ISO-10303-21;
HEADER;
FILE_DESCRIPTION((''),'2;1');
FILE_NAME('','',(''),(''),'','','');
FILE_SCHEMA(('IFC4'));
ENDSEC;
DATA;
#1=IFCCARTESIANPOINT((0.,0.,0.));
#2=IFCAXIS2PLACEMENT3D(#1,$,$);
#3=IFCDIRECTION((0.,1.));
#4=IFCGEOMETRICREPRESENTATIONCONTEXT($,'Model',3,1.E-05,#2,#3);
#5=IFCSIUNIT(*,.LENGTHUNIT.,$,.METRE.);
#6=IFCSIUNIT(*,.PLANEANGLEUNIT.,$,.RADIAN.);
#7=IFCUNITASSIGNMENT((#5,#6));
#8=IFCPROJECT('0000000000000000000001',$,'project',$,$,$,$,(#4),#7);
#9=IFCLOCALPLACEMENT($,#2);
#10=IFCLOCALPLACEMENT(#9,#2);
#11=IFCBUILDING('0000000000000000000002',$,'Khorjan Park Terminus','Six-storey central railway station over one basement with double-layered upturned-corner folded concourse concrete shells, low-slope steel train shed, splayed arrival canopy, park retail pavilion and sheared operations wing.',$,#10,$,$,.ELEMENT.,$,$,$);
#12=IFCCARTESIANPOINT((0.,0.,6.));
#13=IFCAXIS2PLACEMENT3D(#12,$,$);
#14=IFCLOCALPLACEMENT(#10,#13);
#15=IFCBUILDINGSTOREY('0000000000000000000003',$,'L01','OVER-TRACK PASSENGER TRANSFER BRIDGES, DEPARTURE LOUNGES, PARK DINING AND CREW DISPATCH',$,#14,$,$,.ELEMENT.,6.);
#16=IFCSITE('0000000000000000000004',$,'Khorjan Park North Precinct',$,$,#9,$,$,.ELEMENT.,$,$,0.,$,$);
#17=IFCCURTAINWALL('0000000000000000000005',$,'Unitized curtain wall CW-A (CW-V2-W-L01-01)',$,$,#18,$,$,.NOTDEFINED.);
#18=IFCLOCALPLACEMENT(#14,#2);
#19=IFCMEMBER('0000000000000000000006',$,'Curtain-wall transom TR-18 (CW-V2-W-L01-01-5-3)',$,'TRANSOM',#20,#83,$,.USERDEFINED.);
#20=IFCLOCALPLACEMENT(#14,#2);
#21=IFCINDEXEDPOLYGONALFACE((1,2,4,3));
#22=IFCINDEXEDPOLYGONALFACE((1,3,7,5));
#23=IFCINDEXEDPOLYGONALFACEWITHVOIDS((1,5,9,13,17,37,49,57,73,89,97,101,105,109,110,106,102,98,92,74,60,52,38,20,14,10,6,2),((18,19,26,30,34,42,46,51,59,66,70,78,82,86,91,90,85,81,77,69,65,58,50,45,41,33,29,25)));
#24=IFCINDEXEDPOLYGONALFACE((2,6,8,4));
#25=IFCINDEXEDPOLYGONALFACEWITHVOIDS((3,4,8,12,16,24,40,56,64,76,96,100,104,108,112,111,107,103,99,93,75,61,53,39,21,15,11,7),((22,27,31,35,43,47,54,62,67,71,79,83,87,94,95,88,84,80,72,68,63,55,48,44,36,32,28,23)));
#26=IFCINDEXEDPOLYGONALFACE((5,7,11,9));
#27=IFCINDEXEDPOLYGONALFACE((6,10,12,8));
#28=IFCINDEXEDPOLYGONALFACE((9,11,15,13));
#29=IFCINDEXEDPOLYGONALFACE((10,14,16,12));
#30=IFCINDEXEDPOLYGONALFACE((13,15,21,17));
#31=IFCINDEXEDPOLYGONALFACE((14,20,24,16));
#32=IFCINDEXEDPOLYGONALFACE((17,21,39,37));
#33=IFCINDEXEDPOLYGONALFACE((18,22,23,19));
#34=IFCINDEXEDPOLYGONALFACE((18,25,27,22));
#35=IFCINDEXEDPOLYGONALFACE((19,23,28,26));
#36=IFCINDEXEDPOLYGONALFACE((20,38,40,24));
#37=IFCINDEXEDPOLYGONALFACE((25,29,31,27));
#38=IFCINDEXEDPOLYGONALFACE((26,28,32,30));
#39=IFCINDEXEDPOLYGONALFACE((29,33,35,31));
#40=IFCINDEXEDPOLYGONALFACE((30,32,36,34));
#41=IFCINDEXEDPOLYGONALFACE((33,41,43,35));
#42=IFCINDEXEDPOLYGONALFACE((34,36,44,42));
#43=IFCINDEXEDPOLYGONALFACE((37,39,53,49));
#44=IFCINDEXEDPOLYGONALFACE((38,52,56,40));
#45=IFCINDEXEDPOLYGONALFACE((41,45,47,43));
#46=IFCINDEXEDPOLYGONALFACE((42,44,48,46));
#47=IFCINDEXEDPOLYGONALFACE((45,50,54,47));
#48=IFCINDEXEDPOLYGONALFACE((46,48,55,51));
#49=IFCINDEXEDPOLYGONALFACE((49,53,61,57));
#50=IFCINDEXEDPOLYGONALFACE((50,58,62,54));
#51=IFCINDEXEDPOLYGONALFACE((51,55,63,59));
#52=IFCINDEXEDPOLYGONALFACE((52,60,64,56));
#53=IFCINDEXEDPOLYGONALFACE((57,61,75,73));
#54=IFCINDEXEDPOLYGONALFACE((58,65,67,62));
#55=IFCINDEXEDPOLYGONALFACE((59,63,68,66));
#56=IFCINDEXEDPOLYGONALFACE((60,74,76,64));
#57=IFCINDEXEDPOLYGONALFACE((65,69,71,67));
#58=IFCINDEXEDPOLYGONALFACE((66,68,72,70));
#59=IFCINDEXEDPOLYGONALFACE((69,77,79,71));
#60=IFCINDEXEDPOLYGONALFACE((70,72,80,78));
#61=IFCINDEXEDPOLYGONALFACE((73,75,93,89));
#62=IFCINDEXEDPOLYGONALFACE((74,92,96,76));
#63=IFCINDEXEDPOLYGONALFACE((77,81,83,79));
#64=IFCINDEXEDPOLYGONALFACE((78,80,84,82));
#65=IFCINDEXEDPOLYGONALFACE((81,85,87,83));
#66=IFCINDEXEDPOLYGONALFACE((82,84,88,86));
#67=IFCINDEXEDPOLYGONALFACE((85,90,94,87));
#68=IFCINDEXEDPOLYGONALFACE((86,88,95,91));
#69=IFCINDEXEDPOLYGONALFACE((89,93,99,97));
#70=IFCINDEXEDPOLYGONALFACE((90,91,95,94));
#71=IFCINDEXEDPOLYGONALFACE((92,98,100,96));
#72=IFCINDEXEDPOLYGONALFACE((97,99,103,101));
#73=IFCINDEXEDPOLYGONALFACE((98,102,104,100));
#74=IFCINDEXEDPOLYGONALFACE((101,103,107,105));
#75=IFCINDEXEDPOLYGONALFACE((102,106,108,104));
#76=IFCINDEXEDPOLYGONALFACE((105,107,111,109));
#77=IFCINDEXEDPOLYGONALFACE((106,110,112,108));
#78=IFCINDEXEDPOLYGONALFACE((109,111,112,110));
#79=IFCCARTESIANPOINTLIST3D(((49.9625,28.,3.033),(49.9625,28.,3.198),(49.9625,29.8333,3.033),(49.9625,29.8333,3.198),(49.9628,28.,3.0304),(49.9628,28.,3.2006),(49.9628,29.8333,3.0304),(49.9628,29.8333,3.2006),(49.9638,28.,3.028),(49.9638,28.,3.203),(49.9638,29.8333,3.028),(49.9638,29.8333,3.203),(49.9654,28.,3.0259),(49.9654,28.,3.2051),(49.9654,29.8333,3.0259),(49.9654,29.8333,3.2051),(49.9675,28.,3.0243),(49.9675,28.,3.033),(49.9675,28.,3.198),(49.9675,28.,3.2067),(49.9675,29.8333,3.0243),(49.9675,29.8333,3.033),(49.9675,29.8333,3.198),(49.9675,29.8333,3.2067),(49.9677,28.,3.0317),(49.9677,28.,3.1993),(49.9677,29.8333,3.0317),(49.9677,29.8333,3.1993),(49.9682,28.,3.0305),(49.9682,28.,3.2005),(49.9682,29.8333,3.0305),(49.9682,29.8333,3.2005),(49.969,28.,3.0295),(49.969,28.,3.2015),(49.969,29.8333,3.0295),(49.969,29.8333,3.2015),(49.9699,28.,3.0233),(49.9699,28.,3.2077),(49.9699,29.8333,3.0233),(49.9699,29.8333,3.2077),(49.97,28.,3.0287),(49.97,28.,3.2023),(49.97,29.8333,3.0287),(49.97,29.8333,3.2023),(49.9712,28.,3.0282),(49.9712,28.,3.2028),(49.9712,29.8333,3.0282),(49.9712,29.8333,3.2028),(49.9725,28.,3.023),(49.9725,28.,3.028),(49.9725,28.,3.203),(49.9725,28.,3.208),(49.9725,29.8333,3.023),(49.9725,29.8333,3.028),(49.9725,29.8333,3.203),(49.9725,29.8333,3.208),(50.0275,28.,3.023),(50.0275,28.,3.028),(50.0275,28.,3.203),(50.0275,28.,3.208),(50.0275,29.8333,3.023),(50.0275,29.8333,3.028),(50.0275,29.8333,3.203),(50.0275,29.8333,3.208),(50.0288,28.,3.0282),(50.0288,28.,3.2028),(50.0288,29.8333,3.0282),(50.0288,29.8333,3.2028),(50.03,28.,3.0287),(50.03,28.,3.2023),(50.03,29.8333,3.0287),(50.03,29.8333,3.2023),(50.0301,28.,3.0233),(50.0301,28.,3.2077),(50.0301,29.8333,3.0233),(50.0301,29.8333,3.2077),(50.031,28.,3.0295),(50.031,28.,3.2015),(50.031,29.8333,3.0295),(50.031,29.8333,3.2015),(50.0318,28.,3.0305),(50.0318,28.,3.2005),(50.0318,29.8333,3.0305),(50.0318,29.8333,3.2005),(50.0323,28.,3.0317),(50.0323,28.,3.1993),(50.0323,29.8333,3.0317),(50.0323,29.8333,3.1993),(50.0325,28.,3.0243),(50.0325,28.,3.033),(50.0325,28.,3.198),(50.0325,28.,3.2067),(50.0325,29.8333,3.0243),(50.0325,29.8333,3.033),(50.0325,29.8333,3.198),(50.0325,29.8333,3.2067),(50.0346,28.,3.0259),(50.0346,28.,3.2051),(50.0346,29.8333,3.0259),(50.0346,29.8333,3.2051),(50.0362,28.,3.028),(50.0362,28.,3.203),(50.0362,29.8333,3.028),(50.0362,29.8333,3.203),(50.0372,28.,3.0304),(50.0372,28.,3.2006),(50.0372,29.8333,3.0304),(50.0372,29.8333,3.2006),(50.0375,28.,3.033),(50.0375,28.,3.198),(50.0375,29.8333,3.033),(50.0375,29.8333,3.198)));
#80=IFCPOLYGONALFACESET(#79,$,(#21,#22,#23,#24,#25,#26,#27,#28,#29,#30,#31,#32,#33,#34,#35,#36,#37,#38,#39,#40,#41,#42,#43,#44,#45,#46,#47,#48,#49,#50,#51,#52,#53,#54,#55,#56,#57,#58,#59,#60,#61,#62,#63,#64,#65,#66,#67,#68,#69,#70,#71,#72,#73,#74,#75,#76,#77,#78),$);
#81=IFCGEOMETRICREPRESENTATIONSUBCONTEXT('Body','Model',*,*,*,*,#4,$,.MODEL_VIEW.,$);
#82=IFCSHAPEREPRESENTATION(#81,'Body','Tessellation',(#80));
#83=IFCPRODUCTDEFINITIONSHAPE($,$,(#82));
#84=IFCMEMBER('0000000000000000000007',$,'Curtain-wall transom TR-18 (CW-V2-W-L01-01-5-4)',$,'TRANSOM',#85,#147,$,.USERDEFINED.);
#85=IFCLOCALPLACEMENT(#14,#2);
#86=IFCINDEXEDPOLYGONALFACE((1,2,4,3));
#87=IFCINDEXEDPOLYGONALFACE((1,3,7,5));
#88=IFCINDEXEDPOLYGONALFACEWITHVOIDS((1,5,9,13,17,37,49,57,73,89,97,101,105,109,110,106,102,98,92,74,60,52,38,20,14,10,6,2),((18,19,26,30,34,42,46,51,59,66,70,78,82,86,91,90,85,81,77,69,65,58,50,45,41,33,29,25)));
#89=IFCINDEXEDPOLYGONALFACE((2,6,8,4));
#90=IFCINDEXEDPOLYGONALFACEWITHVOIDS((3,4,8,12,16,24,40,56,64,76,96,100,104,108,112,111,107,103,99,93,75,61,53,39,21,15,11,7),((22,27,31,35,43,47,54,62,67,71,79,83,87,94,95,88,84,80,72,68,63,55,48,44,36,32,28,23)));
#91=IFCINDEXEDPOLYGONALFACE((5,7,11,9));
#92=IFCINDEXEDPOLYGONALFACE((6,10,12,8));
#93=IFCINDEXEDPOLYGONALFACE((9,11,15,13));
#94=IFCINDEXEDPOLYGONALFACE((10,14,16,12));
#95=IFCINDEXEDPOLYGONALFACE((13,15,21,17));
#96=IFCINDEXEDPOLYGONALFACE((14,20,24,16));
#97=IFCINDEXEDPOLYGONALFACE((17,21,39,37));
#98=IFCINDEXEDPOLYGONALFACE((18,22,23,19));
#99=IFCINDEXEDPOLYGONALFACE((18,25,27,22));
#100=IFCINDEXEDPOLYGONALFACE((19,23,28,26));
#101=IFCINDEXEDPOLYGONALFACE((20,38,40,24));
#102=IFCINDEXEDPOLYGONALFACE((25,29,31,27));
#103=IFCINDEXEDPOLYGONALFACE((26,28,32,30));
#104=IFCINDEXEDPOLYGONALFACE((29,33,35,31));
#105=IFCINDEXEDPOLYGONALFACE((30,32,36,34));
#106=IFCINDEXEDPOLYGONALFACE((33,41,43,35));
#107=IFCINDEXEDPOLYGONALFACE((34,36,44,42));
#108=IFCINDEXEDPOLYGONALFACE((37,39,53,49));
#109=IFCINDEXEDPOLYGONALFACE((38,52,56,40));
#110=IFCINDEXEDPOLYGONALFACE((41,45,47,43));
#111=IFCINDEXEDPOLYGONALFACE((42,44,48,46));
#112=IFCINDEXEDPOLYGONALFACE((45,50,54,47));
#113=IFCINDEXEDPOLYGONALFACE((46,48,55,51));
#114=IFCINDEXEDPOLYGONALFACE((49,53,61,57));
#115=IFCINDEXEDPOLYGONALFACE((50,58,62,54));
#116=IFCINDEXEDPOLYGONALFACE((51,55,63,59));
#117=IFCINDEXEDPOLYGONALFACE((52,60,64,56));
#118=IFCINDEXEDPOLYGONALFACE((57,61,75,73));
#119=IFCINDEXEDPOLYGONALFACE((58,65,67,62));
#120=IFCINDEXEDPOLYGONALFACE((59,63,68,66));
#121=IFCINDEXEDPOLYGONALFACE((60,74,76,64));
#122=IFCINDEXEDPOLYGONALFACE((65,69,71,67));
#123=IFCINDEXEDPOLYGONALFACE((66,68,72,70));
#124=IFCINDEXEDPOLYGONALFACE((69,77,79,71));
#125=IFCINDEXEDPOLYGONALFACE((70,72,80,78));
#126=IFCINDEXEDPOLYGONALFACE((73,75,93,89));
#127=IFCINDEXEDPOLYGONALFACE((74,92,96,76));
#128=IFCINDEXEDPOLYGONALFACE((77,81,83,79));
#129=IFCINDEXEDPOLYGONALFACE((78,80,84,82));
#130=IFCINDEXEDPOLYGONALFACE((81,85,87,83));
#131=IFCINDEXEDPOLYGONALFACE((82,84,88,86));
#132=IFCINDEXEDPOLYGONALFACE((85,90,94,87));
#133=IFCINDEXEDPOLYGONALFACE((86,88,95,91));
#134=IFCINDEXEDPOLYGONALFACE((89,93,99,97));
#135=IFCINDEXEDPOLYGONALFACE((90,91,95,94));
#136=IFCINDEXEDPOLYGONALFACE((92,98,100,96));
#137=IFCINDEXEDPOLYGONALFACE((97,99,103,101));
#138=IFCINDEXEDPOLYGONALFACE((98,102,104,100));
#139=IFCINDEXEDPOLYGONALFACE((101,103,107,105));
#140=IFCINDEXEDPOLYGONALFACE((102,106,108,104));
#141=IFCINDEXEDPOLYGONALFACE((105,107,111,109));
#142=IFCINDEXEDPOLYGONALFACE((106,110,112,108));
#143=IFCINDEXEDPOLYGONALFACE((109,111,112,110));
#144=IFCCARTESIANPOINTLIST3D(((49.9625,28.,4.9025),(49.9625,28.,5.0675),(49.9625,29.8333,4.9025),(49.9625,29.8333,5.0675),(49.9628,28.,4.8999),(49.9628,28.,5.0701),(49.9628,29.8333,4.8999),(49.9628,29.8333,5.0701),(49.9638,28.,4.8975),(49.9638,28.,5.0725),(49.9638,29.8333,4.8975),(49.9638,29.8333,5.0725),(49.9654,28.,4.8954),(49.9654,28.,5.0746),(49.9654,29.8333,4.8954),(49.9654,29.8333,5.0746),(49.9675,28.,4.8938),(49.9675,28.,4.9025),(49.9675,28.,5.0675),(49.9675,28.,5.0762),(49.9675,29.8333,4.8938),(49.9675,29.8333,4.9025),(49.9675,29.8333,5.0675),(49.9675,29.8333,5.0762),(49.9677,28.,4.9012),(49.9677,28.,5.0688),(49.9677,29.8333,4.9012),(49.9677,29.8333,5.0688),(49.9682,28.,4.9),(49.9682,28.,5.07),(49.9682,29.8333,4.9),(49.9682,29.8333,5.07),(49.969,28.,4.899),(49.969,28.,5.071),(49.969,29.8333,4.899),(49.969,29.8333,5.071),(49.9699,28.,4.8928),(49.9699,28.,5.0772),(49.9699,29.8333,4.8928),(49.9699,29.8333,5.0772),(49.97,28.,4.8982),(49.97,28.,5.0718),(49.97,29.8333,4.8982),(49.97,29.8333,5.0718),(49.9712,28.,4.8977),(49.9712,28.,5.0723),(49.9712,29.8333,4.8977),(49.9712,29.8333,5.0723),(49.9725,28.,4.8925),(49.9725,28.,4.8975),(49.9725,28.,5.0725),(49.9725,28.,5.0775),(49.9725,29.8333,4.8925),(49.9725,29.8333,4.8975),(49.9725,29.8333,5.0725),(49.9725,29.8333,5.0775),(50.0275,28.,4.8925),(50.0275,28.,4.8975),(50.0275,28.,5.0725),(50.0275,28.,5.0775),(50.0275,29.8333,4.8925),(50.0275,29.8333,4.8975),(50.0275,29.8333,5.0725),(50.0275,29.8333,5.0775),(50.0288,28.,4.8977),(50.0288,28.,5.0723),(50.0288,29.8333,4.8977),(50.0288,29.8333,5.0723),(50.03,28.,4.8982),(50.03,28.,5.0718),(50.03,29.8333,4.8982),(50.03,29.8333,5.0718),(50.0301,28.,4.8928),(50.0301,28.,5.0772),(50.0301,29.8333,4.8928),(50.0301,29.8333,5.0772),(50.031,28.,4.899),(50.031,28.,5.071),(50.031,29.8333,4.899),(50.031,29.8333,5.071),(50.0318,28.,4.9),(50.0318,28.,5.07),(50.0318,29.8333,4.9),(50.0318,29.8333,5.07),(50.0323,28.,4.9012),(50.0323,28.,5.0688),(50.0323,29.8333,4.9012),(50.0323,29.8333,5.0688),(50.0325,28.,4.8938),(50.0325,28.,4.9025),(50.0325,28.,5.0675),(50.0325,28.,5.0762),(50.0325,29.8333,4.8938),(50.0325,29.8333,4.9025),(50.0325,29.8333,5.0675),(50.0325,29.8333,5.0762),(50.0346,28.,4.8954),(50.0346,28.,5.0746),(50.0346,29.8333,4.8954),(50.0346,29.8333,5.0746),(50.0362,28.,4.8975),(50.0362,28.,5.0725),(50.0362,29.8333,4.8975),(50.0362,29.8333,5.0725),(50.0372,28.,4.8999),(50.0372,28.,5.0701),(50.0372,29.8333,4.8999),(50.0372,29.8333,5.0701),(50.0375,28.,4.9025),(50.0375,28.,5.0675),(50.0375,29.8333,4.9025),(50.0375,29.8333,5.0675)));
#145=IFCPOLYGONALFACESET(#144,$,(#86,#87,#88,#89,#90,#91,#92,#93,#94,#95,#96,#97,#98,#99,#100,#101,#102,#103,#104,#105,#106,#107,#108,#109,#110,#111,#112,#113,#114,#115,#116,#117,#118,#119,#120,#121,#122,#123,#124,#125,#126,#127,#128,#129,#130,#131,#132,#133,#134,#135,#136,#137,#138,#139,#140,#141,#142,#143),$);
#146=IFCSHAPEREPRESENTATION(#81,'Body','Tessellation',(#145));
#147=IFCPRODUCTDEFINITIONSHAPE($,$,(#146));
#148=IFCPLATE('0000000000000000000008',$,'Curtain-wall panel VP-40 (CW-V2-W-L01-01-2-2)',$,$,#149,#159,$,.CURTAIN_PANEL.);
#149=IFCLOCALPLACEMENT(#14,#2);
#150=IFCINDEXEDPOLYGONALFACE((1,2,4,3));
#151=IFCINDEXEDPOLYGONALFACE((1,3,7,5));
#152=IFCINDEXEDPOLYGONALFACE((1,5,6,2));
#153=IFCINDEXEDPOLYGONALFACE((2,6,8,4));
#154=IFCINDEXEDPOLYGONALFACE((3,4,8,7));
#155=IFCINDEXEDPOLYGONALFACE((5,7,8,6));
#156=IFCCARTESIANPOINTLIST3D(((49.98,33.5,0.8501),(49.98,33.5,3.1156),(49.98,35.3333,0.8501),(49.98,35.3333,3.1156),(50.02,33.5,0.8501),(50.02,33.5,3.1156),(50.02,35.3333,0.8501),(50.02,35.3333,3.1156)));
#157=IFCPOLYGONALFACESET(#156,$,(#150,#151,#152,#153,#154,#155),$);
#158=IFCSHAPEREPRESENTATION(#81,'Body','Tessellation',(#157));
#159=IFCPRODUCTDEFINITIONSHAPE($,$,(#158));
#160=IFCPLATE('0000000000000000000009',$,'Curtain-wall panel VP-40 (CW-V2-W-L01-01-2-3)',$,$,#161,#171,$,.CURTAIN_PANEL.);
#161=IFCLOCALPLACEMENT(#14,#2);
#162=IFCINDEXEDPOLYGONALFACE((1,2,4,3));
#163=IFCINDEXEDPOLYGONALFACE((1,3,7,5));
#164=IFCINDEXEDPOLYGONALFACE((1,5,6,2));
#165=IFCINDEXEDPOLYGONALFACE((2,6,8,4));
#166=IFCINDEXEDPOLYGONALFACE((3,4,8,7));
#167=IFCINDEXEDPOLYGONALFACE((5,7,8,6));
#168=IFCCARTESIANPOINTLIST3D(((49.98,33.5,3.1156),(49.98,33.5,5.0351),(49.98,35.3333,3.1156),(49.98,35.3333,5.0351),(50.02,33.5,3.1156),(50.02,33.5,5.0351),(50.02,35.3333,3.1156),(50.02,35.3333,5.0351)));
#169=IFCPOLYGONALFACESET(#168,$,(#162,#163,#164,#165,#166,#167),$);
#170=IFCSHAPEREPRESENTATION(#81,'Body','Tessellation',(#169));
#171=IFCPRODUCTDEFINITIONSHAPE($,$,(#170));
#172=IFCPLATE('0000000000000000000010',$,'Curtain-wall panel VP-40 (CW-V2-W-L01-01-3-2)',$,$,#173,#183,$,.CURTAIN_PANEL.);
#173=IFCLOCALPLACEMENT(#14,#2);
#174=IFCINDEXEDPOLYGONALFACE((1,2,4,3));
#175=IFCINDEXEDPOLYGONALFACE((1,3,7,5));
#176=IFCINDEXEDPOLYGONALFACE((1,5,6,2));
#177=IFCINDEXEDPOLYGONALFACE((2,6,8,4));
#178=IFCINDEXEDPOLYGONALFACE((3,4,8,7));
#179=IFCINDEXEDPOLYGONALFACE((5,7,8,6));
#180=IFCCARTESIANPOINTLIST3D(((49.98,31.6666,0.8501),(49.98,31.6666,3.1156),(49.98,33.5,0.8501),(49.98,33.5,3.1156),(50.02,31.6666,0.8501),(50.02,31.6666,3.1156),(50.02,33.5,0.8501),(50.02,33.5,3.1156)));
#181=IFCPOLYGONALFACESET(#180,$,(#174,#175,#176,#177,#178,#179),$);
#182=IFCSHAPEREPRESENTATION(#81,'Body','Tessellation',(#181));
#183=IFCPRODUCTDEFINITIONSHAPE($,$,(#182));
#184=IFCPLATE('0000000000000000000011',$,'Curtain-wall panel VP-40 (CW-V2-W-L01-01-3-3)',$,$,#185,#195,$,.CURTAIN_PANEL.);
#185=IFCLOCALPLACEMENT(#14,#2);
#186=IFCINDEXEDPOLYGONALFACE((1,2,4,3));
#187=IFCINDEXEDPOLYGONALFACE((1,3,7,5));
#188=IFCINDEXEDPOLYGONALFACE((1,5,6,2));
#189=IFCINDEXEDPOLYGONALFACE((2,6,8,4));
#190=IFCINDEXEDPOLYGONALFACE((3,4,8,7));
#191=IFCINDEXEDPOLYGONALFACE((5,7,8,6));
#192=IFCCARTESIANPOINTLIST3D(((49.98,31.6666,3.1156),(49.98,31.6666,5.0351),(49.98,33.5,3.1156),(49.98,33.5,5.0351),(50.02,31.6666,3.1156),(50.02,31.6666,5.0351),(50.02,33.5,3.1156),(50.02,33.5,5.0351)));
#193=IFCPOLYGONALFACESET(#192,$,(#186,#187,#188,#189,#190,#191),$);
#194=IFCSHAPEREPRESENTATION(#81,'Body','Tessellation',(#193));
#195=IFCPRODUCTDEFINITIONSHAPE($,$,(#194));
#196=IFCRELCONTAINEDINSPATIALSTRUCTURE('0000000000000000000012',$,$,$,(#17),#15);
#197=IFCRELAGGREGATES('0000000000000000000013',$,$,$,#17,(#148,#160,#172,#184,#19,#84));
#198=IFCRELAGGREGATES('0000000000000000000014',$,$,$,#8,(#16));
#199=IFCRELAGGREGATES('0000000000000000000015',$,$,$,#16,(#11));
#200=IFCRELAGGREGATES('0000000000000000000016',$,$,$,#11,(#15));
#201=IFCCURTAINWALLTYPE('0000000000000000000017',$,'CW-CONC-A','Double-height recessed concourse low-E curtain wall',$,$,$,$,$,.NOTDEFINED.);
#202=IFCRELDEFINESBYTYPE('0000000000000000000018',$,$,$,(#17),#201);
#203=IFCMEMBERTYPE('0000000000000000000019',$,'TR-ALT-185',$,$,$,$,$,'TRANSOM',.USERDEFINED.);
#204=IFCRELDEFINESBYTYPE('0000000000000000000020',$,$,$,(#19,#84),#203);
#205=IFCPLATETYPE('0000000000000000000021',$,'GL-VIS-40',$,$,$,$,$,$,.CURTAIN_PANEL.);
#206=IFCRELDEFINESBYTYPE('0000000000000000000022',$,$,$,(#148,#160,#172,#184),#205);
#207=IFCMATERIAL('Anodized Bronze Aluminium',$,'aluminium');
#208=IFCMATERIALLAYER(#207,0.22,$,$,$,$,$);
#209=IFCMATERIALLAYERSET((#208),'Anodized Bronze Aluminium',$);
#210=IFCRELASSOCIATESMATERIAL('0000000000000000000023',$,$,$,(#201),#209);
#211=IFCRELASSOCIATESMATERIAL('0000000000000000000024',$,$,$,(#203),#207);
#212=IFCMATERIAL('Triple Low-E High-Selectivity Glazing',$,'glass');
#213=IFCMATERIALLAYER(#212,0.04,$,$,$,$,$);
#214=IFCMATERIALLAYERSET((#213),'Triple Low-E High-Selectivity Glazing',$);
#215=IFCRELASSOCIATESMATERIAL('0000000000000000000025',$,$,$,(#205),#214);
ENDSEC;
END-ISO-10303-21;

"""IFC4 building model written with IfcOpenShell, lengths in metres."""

from ifc_helpers import new_model, si_unit, direction, frame, origin, origin_2d, place, context, subcontext, project, spatial, rectangle, hollow_rectangle, extrude, material, layer, layer_set, material_profile, profile_set, type_object, element, aggregate, save


model = new_model("IFC4")

# Units and contexts
model_context = context("Model", 3, precision=1e-05, world=origin(), true_north=direction((0.0, 1.0)))
body_context = subcontext(model_context, "Body", "Model", "MODEL_VIEW")
ifc_project = project(units=[si_unit("LENGTHUNIT", "METRE"), si_unit("PLANEANGLEUNIT", "RADIAN")], contexts=[model_context])

# Site, building, storey
site_placement = place(None, origin())
site = spatial("IfcSite", under=ifc_project, at=site_placement, Name="Khorjan Park North Precinct", CompositionType="ELEMENT", RefElevation=0.0)
building_placement = place(site_placement, origin())
building = spatial("IfcBuilding", under=site, at=building_placement, Name="Khorjan Park Terminus", Description="Six-storey central railway station over one basement with double-layered upturned-corner folded concourse concrete shells, low-slope steel train shed, splayed arrival canopy, park retail pavilion and sheared operations wing.", CompositionType="ELEMENT")
storey_placement = place(building_placement, frame((0.0, 0.0, 6.0)))
storey = spatial("IfcBuildingStorey", under=building, at=storey_placement, Name="L01", Description="OVER-TRACK PASSENGER TRANSFER BRIDGES, DEPARTURE LOUNGES, PARK DINING AND CREW DISPATCH", CompositionType="ELEMENT", Elevation=6.0)

# Curtain wall
ifc_material_1 = material(Name="Anodized Bronze Aluminium", Category="aluminium")
ifc_layer_1 = layer(ifc_material_1, 0.22)
ifc_layer_set_1 = layer_set([ifc_layer_1], Name="Anodized Bronze Aluminium")
curtain_wall_type = type_object("IfcCurtainWallType", Name="CW-CONC-A", Description="Double-height recessed concourse low-E curtain wall", PredefinedType="NOTDEFINED", material=ifc_layer_set_1)
curtain_wall_placement = place(storey_placement, origin())
curtain_wall = element("IfcCurtainWall", 1, at=curtain_wall_placement, inside=storey, type_object=curtain_wall_type, Name="Unitized curtain wall CW-A (CW-V2-W-L01-01)", PredefinedType="NOTDEFINED")

# Members
ifc_material_profile_1 = material_profile(ifc_material_1, hollow_rectangle(XDim=0.075, YDim=0.185, WallThickness=0.005, InnerFilletRadius=0.005, OuterFilletRadius=0.01, at=origin_2d()), Name="ALT 75x185x5")
ifc_profile_set_1 = profile_set([ifc_material_profile_1], Name="Anodized Bronze Aluminium")
member_type_1 = type_object("IfcMemberType", Name="TR-ALT-185", ElementType="TRANSOM", PredefinedType="USERDEFINED", material=ifc_profile_set_1)
member_1_placement = place(storey_placement, frame((50.0, 29.8333, 3.1155), z_axis=(0.0, -1.0, 0.0), x_axis=(1.0, 0.0, 0.0)))
member_1 = element("IfcMember", 2, at=member_1_placement, type_object=member_type_1, Name="Curtain-wall transom TR-18 (CW-V2-W-L01-01-5-3)", ObjectType="TRANSOM", PredefinedType="USERDEFINED", context=body_context, shape_type="SweptSolid", body=[
    extrude(hollow_rectangle(XDim=0.075, YDim=0.185, WallThickness=0.005, InnerFilletRadius=0.005, OuterFilletRadius=0.01, at=origin_2d()), origin(), (0.0, 0.0, 1.0), 1.8333),
])
member_2_placement = place(storey_placement, frame((50.0, 29.8333, 4.985), z_axis=(0.0, -1.0, 0.0), x_axis=(1.0, 0.0, 0.0)))
member_2 = element("IfcMember", 3, at=member_2_placement, type_object=member_type_1, Name="Curtain-wall transom TR-18 (CW-V2-W-L01-01-5-4)", ObjectType="TRANSOM", PredefinedType="USERDEFINED", context=body_context, shape_type="SweptSolid", body=[
    extrude(hollow_rectangle(XDim=0.075, YDim=0.185, WallThickness=0.005, InnerFilletRadius=0.005, OuterFilletRadius=0.01, at=origin_2d()), origin(), (0.0, 0.0, 1.0), 1.8333),
])

# Plates
ifc_material_2 = material(Name="Triple Low-E High-Selectivity Glazing", Category="glass")
ifc_layer_2 = layer(ifc_material_2, 0.04)
ifc_layer_set_2 = layer_set([ifc_layer_2], Name="Triple Low-E High-Selectivity Glazing")
plate_type_1 = type_object("IfcPlateType", Name="GL-VIS-40", PredefinedType="CURTAIN_PANEL", material=ifc_layer_set_2)
plate_1_placement = place(storey_placement, frame((50.0, 34.4167, 0.8501), z_axis=(0.0, 0.0, 1.0), x_axis=(0.0, -1.0, 0.0)))
plate_1 = element("IfcPlate", 4, at=plate_1_placement, type_object=plate_type_1, Name="Curtain-wall panel VP-40 (CW-V2-W-L01-01-2-2)", PredefinedType="CURTAIN_PANEL", context=body_context, shape_type="SweptSolid", body=[
    extrude(rectangle(XDim=1.8333, YDim=0.04, at=origin_2d()), origin(), (0.0, 0.0, 1.0), 2.2655),
])
plate_2_placement = place(storey_placement, frame((50.0, 34.4167, 3.1156), z_axis=(0.0, 0.0, 1.0), x_axis=(0.0, -1.0, 0.0)))
plate_2 = element("IfcPlate", 5, at=plate_2_placement, type_object=plate_type_1, Name="Curtain-wall panel VP-40 (CW-V2-W-L01-01-2-3)", PredefinedType="CURTAIN_PANEL", context=body_context, shape_type="SweptSolid", body=[
    extrude(rectangle(XDim=1.8333, YDim=0.04, at=origin_2d()), origin(), (0.0, 0.0, 1.0), 1.9195),
])
plate_3_placement = place(storey_placement, frame((50.0, 32.5833, 0.8501), z_axis=(0.0, 0.0, 1.0), x_axis=(0.0, -1.0, 0.0)))
plate_3 = element("IfcPlate", 6, at=plate_3_placement, type_object=plate_type_1, Name="Curtain-wall panel VP-40 (CW-V2-W-L01-01-3-2)", PredefinedType="CURTAIN_PANEL", context=body_context, shape_type="SweptSolid", body=[
    extrude(rectangle(XDim=1.8333, YDim=0.04, at=origin_2d()), origin(), (0.0, 0.0, 1.0), 2.2655),
])
plate_4_placement = place(storey_placement, frame((50.0, 32.5833, 3.1156), z_axis=(0.0, 0.0, 1.0), x_axis=(0.0, -1.0, 0.0)))
plate_4 = element("IfcPlate", 7, at=plate_4_placement, type_object=plate_type_1, Name="Curtain-wall panel VP-40 (CW-V2-W-L01-01-3-3)", PredefinedType="CURTAIN_PANEL", context=body_context, shape_type="SweptSolid", body=[
    extrude(rectangle(XDim=1.8333, YDim=0.04, at=origin_2d()), origin(), (0.0, 0.0, 1.0), 1.9195),
])
aggregate(curtain_wall, [plate_1, plate_2, plate_3, plate_4, member_1, member_2])

save(model, "model.ifc")
